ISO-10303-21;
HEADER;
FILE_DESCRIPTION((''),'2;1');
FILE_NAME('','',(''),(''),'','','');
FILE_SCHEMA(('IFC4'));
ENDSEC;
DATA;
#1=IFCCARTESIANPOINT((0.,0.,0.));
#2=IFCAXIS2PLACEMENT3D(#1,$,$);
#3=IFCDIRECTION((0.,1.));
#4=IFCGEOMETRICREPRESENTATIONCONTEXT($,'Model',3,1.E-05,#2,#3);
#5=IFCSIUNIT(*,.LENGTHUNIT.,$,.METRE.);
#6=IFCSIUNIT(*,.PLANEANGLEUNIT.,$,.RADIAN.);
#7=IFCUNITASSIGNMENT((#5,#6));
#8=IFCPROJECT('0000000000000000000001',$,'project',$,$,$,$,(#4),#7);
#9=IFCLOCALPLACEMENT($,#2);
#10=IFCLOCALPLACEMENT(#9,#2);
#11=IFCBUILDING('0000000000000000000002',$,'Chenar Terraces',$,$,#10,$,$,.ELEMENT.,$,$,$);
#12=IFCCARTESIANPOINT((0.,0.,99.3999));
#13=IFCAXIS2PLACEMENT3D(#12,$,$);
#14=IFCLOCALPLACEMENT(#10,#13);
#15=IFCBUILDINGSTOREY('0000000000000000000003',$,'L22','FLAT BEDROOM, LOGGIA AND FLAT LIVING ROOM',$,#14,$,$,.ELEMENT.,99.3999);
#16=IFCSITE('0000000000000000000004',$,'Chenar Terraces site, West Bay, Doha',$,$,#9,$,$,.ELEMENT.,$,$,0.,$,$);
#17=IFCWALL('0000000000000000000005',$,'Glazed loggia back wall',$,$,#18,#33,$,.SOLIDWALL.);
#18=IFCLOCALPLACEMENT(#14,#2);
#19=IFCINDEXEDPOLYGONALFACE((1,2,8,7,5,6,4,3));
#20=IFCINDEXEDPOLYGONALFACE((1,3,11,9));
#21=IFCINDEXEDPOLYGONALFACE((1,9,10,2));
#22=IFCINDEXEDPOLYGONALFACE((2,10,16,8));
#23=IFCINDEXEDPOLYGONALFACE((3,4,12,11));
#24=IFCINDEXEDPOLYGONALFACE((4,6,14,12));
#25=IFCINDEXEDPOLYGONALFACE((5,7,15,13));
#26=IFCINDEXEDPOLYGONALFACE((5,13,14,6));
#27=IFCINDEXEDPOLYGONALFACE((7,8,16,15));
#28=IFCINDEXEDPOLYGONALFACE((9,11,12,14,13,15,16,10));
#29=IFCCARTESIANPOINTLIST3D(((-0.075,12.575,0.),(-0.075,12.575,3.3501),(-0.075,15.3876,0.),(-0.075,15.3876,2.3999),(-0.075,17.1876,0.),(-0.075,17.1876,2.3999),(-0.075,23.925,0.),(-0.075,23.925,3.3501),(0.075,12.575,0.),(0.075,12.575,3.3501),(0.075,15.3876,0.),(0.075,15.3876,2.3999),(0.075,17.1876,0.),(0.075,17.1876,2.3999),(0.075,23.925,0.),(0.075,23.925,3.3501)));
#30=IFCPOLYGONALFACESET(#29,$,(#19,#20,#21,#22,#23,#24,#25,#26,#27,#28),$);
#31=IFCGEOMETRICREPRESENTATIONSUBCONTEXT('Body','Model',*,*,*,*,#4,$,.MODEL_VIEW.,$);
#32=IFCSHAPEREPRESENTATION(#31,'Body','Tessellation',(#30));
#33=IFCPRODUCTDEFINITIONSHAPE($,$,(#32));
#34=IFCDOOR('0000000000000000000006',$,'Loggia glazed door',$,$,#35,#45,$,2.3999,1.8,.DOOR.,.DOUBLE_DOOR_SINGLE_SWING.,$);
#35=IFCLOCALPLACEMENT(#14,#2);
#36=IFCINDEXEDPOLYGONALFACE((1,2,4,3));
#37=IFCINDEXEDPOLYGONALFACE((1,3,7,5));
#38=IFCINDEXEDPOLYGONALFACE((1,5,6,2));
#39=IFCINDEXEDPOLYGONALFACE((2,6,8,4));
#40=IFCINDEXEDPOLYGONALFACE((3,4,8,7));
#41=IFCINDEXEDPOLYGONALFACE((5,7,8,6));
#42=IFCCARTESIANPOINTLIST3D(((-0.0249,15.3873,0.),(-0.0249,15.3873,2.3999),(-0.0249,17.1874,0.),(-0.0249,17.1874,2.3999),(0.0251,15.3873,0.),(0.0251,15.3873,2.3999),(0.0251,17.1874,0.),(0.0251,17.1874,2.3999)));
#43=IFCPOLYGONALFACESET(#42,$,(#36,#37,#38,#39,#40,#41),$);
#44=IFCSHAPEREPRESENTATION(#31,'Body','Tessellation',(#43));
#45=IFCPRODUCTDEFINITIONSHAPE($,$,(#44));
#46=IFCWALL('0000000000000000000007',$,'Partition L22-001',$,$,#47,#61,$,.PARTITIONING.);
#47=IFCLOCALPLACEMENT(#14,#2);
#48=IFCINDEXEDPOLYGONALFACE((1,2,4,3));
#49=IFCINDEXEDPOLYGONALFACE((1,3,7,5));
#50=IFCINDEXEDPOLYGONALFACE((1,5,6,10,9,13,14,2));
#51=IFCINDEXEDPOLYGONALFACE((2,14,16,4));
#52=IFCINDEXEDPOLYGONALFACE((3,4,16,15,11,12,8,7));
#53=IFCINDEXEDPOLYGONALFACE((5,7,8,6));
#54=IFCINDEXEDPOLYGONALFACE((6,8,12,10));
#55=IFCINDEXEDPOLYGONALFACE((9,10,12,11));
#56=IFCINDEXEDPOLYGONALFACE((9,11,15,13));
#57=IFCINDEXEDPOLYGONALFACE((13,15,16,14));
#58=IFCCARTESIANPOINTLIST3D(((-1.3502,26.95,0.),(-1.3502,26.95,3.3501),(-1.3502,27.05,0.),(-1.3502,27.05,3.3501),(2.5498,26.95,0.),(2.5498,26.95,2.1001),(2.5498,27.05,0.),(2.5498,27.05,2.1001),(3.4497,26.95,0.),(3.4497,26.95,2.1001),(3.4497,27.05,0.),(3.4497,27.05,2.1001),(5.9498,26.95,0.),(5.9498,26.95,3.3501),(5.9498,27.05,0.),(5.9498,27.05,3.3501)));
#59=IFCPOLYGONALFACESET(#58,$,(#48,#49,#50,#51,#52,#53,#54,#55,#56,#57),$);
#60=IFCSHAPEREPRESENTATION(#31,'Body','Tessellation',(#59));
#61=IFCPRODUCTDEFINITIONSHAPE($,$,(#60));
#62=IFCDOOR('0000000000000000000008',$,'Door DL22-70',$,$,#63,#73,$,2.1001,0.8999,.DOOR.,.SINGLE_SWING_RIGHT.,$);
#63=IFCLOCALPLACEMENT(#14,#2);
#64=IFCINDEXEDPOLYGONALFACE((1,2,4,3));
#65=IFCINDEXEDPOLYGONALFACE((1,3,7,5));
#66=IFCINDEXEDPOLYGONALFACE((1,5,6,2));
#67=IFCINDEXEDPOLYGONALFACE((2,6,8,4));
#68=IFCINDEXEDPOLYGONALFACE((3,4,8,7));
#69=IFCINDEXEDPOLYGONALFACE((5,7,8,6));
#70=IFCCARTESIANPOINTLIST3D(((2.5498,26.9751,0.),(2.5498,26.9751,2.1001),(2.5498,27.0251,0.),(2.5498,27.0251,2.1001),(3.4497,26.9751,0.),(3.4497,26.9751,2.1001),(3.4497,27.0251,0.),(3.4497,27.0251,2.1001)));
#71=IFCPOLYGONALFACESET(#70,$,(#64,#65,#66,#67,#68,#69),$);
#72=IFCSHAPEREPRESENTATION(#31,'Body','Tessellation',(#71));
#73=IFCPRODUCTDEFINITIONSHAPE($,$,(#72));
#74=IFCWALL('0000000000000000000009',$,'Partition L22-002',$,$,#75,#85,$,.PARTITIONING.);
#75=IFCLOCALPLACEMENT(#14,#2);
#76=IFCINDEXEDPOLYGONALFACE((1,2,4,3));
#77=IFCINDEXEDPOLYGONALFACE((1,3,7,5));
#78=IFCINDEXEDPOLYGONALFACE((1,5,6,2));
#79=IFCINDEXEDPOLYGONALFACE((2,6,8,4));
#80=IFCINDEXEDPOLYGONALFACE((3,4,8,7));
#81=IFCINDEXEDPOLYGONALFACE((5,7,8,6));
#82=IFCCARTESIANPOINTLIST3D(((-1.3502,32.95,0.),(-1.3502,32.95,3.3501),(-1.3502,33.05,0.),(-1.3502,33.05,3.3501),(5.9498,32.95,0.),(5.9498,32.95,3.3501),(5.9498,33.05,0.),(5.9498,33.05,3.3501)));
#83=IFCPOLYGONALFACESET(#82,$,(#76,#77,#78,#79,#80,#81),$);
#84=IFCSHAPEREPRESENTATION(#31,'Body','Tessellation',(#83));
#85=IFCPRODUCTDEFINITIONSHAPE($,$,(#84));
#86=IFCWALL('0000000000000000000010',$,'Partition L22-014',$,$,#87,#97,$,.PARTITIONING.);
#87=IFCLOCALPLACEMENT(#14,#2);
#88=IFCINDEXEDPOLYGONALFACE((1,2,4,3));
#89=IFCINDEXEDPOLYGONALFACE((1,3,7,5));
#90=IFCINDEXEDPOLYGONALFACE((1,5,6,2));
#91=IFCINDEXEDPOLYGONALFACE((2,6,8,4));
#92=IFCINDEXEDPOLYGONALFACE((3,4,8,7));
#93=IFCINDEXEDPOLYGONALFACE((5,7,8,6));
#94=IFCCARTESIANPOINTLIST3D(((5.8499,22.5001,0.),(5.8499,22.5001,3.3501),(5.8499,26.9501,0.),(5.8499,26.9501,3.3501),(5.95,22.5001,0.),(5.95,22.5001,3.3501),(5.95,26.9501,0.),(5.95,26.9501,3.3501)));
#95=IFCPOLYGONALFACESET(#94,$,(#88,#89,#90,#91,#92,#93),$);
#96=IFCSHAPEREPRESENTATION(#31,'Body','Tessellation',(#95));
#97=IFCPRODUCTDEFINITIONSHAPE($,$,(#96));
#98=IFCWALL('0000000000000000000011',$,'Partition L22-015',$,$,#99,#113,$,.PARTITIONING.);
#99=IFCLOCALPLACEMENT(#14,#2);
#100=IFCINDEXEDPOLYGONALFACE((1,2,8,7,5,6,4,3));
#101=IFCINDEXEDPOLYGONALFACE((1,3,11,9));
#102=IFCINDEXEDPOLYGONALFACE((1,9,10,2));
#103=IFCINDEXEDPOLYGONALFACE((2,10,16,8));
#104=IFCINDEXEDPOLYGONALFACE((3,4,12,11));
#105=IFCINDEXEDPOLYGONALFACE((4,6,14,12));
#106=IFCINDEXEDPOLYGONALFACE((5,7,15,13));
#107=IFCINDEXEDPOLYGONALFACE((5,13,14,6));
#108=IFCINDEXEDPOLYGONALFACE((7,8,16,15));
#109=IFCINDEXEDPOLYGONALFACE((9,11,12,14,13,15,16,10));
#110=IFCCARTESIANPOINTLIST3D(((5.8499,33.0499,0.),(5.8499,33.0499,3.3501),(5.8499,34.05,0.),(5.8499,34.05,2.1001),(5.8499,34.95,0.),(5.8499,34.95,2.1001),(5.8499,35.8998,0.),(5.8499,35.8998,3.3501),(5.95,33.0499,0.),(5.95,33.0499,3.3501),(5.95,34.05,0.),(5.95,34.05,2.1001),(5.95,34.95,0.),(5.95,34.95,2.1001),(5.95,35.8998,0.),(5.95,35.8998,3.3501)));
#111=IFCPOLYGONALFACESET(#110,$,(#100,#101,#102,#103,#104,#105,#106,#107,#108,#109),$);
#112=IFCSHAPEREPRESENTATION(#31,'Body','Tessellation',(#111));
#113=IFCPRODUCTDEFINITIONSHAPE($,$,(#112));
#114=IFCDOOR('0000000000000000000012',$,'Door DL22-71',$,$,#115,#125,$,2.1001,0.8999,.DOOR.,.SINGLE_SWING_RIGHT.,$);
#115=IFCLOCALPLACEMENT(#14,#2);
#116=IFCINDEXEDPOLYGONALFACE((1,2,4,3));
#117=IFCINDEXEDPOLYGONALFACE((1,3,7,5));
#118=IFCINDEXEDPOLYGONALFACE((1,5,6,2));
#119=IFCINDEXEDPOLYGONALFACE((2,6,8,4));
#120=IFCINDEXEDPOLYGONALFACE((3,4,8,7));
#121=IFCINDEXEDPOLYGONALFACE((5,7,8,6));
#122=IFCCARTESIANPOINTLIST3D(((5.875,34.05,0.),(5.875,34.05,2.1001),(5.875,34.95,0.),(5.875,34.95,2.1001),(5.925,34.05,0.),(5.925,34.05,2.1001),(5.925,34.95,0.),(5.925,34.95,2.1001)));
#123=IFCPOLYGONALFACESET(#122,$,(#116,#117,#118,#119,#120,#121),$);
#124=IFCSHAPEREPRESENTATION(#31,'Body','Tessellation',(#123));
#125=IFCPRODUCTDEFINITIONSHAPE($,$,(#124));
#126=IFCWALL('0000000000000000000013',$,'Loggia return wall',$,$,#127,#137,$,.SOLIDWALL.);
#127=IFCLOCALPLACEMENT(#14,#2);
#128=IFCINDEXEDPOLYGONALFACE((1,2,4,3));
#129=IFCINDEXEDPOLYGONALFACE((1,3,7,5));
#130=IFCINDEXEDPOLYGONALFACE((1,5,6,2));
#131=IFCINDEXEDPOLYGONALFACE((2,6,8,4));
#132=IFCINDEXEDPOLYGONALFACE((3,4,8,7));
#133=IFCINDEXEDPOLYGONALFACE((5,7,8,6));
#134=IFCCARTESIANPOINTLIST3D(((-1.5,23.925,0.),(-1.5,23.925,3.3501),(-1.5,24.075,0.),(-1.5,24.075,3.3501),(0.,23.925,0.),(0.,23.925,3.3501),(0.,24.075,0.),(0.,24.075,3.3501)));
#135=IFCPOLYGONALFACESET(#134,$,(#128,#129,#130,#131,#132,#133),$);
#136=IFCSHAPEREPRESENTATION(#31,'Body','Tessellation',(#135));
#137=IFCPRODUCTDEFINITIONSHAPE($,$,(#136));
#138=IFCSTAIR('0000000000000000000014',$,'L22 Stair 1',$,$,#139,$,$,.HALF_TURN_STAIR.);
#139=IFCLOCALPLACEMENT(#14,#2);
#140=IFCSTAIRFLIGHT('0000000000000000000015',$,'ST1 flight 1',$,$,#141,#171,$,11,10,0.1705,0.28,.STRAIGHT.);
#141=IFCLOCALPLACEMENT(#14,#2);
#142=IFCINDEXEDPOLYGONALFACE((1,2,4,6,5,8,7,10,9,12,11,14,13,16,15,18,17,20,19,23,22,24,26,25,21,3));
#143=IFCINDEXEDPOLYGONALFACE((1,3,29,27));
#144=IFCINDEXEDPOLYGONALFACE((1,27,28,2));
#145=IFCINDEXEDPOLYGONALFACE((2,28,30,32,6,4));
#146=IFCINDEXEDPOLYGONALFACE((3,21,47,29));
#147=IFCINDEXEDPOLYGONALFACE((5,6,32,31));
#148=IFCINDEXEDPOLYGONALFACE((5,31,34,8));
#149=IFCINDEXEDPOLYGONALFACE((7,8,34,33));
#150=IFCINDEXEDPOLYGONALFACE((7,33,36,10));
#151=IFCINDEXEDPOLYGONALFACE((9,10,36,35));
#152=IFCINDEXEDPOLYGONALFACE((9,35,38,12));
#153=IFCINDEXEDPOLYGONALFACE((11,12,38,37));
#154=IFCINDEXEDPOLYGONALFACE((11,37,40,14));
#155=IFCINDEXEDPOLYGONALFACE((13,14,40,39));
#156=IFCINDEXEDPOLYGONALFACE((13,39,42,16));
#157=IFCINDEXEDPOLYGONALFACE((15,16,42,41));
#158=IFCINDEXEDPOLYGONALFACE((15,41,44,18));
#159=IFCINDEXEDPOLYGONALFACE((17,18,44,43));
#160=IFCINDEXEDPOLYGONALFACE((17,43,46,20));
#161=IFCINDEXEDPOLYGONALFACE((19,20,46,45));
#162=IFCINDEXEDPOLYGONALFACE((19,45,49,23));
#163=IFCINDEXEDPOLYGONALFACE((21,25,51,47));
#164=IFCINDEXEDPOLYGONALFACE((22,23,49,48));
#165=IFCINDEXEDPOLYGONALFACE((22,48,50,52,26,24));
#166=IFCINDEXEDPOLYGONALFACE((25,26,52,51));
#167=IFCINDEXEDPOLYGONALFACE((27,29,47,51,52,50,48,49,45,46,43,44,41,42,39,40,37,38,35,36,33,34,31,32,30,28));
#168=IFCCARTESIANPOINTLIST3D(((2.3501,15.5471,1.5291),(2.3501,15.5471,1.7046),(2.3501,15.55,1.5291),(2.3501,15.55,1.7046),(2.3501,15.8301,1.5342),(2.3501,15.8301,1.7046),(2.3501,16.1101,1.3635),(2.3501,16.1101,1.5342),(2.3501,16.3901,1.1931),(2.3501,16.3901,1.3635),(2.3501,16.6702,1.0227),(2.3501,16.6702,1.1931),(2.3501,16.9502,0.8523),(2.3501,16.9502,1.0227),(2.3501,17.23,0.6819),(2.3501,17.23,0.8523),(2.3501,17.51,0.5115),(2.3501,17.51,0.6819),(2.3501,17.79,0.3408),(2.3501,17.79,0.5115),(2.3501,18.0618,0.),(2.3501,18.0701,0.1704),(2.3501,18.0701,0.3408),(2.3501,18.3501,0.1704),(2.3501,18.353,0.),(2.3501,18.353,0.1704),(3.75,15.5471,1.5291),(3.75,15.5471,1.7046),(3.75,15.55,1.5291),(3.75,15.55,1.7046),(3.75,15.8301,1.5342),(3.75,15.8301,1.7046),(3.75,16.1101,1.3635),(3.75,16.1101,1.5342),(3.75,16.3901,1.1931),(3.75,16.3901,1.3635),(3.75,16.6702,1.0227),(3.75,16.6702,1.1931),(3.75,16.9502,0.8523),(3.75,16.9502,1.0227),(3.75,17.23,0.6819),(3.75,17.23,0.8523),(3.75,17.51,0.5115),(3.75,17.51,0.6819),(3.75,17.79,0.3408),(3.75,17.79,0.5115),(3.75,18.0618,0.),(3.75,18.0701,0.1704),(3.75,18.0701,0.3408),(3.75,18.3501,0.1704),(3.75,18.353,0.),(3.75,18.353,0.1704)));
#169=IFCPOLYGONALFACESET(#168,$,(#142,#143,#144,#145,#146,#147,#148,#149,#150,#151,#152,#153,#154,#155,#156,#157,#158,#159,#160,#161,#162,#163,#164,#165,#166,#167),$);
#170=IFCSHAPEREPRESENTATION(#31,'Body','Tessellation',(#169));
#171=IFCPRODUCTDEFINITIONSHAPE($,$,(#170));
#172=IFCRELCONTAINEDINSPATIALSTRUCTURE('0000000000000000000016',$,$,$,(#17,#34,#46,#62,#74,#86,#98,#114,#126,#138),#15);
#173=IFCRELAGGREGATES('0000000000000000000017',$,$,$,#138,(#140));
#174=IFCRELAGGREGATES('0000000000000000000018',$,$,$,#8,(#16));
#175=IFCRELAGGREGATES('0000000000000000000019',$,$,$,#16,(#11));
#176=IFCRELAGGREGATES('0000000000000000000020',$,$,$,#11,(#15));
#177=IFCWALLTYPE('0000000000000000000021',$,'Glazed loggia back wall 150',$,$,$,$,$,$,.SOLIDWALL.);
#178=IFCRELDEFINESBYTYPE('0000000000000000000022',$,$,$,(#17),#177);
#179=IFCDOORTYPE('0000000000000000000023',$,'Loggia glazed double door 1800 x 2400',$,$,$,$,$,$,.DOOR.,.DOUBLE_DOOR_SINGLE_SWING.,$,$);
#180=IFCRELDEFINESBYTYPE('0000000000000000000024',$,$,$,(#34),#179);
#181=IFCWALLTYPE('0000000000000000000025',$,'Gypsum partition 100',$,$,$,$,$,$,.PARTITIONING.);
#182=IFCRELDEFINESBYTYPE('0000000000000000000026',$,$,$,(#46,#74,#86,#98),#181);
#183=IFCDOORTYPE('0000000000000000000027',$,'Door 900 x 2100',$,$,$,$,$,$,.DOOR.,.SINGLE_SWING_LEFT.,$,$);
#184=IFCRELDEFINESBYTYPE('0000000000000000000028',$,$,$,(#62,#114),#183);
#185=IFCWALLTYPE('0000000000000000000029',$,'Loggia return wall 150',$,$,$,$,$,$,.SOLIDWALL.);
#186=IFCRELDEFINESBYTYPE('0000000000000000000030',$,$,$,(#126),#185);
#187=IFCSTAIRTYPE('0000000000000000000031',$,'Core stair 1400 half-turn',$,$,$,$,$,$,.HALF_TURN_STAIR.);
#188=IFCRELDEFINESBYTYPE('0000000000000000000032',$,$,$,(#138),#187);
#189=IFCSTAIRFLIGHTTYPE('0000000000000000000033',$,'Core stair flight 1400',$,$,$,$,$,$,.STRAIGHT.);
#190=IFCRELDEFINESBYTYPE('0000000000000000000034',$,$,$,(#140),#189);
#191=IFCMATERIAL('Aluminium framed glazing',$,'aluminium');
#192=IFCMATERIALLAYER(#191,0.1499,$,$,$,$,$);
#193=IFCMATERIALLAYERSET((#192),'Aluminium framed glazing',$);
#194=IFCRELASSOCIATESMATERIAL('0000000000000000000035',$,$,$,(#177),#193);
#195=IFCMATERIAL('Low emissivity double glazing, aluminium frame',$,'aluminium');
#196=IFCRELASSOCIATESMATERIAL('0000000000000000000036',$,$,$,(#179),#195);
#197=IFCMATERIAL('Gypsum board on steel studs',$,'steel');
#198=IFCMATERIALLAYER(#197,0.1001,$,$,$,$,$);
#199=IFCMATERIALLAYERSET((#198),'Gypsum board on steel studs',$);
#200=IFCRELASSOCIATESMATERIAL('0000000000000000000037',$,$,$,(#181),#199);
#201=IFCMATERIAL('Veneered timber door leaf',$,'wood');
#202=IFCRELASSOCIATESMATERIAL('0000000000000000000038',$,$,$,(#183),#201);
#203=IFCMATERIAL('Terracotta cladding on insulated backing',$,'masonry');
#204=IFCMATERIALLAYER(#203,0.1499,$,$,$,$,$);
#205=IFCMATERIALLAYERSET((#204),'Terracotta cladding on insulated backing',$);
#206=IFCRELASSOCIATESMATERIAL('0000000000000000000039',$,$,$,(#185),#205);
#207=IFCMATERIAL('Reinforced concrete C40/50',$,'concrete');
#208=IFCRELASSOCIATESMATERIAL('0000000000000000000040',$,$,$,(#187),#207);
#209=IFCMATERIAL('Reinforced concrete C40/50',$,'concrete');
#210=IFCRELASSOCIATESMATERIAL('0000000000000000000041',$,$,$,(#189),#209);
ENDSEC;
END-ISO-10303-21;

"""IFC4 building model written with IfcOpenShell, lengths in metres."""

from ifc_helpers import new_model, si_unit, direction, frame, frame_2d, origin, place, context, subcontext, project, spatial, polyline, rectangle, outline, extrude, material, layer, layer_set, type_object, element, fill, aggregate, save


model = new_model("IFC4")

# Units and contexts
model_context = context("Model", 3, precision=1e-05, world=origin(), true_north=direction((0.0, 1.0)))
body_context = subcontext(model_context, "Body", "Model", "MODEL_VIEW")
ifc_project = project(units=[si_unit("LENGTHUNIT", "METRE"), si_unit("PLANEANGLEUNIT", "RADIAN")], contexts=[model_context])

# Site, building, storey
site_placement = place(None, origin())
site = spatial("IfcSite", under=ifc_project, at=site_placement, Name="Chenar Terraces site, West Bay, Doha", CompositionType="ELEMENT", RefElevation=0.0)
building_placement = place(site_placement, origin())
building = spatial("IfcBuilding", under=site, at=building_placement, Name="Chenar Terraces", CompositionType="ELEMENT")
storey_placement = place(building_placement, frame((0.0, 0.0, 99.3999)))
storey = spatial("IfcBuildingStorey", under=building, at=storey_placement, Name="L22", Description="FLAT BEDROOM, LOGGIA AND FLAT LIVING ROOM", CompositionType="ELEMENT", Elevation=99.3999)

# Walls, openings, doors
ifc_material_1 = material(Name="Aluminium framed glazing", Category="aluminium")
ifc_layer_1 = layer(ifc_material_1, 0.1499)
ifc_layer_set_1 = layer_set([ifc_layer_1], Name="Aluminium framed glazing")
wall_type_1 = type_object("IfcWallType", Name="Glazed loggia back wall 150", PredefinedType="SOLIDWALL", material=ifc_layer_set_1)
wall_1_placement = place(storey_placement, frame((0.0, 23.925, 0.0), z_axis=(0.0, 0.0, 1.0), x_axis=(0.0, -1.0, 0.0)))
wall_1 = element("IfcWall", 1, at=wall_1_placement, inside=storey, type_object=wall_type_1, Name="Glazed loggia back wall", PredefinedType="SOLIDWALL", context=body_context, shape_type="SweptSolid", body=[
    extrude(rectangle(XDim=11.3501, YDim=0.1499, at=frame_2d((5.675, 0.0))), origin(), (0.0, 0.0, 1.0), 3.3501),
])
opening_1_placement = place(wall_1_placement, frame((6.7375, 0.0, 0.0)))
opening_1 = element("IfcOpeningElement", 2, at=opening_1_placement, cuts=wall_1, PredefinedType="OPENING", context=body_context, shape_type="SweptSolid", body=[
    extrude(rectangle(XDim=1.8, YDim=2.3999, at=frame_2d((0.8999, 1.2))), frame((0.0, 0.085, 0.0), z_axis=(0.0, -1.0, 0.0), x_axis=(1.0, 0.0, 0.0)), (0.0, 0.0, 1.0), 0.1699),
])
ifc_material_2 = material(Name="Low emissivity double glazing, aluminium frame", Category="aluminium")
door_type_1 = type_object("IfcDoorType", Name="Loggia glazed double door 1800 x 2400", OperationType="DOUBLE_DOOR_SINGLE_SWING", PredefinedType="DOOR", material=ifc_material_2)
door_1_placement = place(opening_1_placement, frame((1.8, 0.0, 0.0), z_axis=(0.0, 0.0, 1.0), x_axis=(-1.0, 0.0, 0.0)))
door_1 = element("IfcDoor", 3, at=door_1_placement, inside=storey, type_object=door_type_1, Name="Loggia glazed door", OperationType="DOUBLE_DOOR_SINGLE_SWING", OverallHeight=2.3999, OverallWidth=1.8, PredefinedType="DOOR", context=body_context, shape_type="SweptSolid", body=[
    extrude(rectangle(XDim=1.8, YDim=2.3999, at=frame_2d((0.8999, 1.2))), frame((0.0, 0.0249, 0.0), z_axis=(0.0, -1.0, 0.0), x_axis=(1.0, 0.0, 0.0)), (0.0, 0.0, 1.0), 0.05),
])
fill(opening_1, door_1)
ifc_material_3 = material(Name="Gypsum board on steel studs", Category="steel")
ifc_layer_2 = layer(ifc_material_3, 0.1001)
ifc_layer_set_2 = layer_set([ifc_layer_2], Name="Gypsum board on steel studs")
wall_type_2 = type_object("IfcWallType", Name="Gypsum partition 100", PredefinedType="PARTITIONING", material=ifc_layer_set_2)
wall_2_placement = place(storey_placement, frame((-1.3501, 27.0, 0.0), z_axis=(0.0, 0.0, 1.0), x_axis=(1.0, 0.0, 0.0)))
wall_2 = element("IfcWall", 4, at=wall_2_placement, inside=storey, type_object=wall_type_2, Name="Partition L22-001", PredefinedType="PARTITIONING", context=body_context, shape_type="SweptSolid", body=[
    extrude(rectangle(XDim=7.3, YDim=0.1001, at=frame_2d((3.6499, 0.0))), origin(), (0.0, 0.0, 1.0), 3.3501),
])
opening_2_placement = place(wall_2_placement, frame((3.8999, 0.0, 0.0)))
opening_2 = element("IfcOpeningElement", 5, at=opening_2_placement, cuts=wall_2, PredefinedType="OPENING", context=body_context, shape_type="SweptSolid", body=[
    extrude(rectangle(XDim=0.8999, YDim=2.1001, at=frame_2d((0.45, 1.05))), frame((0.0, 0.0601, 0.0), z_axis=(0.0, -1.0, 0.0), x_axis=(1.0, 0.0, 0.0)), (0.0, 0.0, 1.0), 0.1201),
])
ifc_material_4 = material(Name="Veneered timber door leaf", Category="wood")
door_type_2 = type_object("IfcDoorType", Name="Door 900 x 2100", OperationType="SINGLE_SWING_LEFT", PredefinedType="DOOR", material=ifc_material_4)
door_2_placement = place(opening_2_placement, frame((0.8999, 0.0, 0.0), z_axis=(0.0, 0.0, 1.0), x_axis=(-1.0, 0.0, 0.0)))
door_2 = element("IfcDoor", 6, at=door_2_placement, inside=storey, type_object=door_type_2, Name="Door DL22-70", OperationType="SINGLE_SWING_RIGHT", OverallHeight=2.1001, OverallWidth=0.8999, PredefinedType="DOOR", context=body_context, shape_type="SweptSolid", body=[
    extrude(rectangle(XDim=0.8999, YDim=2.1001, at=frame_2d((0.45, 1.05))), frame((0.0, 0.0249, 0.0), z_axis=(0.0, -1.0, 0.0), x_axis=(1.0, 0.0, 0.0)), (0.0, 0.0, 1.0), 0.05),
])
fill(opening_2, door_2)

# Walls
wall_3_placement = place(storey_placement, frame((-1.3501, 33.0, 0.0), z_axis=(0.0, 0.0, 1.0), x_axis=(1.0, 0.0, 0.0)))
element("IfcWall", 7, at=wall_3_placement, inside=storey, type_object=wall_type_2, Name="Partition L22-002", PredefinedType="PARTITIONING", context=body_context, shape_type="SweptSolid", body=[
    extrude(rectangle(XDim=7.3, YDim=0.1001, at=frame_2d((3.6499, 0.0))), origin(), (0.0, 0.0, 1.0), 3.3501),
])
wall_4_placement = place(storey_placement, frame((5.8999, 22.5, 0.0), z_axis=(0.0, 0.0, 1.0), x_axis=(0.0, 1.0, 0.0)))
element("IfcWall", 8, at=wall_4_placement, inside=storey, type_object=wall_type_2, Name="Partition L22-014", PredefinedType="PARTITIONING", context=body_context, shape_type="SweptSolid", body=[
    extrude(rectangle(XDim=4.45, YDim=0.1001, at=frame_2d((2.2251, 0.0))), origin(), (0.0, 0.0, 1.0), 3.3501),
])

# Wall, opening, door
wall_5_placement = place(storey_placement, frame((5.8999, 33.05, 0.0), z_axis=(0.0, 0.0, 1.0), x_axis=(0.0, 1.0, 0.0)))
wall_5 = element("IfcWall", 9, at=wall_5_placement, inside=storey, type_object=wall_type_2, Name="Partition L22-015", PredefinedType="PARTITIONING", context=body_context, shape_type="SweptSolid", body=[
    extrude(rectangle(XDim=2.8499, YDim=0.1001, at=frame_2d((1.4248, 0.0))), origin(), (0.0, 0.0, 1.0), 3.3501),
])
opening_3_placement = place(wall_5_placement, frame((1.0, 0.0, 0.0)))
opening_3 = element("IfcOpeningElement", 10, at=opening_3_placement, cuts=wall_5, PredefinedType="OPENING", context=body_context, shape_type="SweptSolid", body=[
    extrude(rectangle(XDim=0.8999, YDim=2.1001, at=frame_2d((0.45, 1.05))), frame((0.0, 0.0601, 0.0), z_axis=(0.0, -1.0, 0.0), x_axis=(1.0, 0.0, 0.0)), (0.0, 0.0, 1.0), 0.1201),
])
door_3_placement = place(opening_3_placement, origin())
door_3 = element("IfcDoor", 11, at=door_3_placement, inside=storey, type_object=door_type_2, Name="Door DL22-71", OperationType="SINGLE_SWING_RIGHT", OverallHeight=2.1001, OverallWidth=0.8999, PredefinedType="DOOR", context=body_context, shape_type="SweptSolid", body=[
    extrude(rectangle(XDim=0.8999, YDim=2.1001, at=frame_2d((0.45, 1.05))), frame((0.0, 0.0249, 0.0), z_axis=(0.0, -1.0, 0.0), x_axis=(1.0, 0.0, 0.0)), (0.0, 0.0, 1.0), 0.05),
])
fill(opening_3, door_3)

# Wall
ifc_material_5 = material(Name="Terracotta cladding on insulated backing", Category="masonry")
ifc_layer_3 = layer(ifc_material_5, 0.1499)
ifc_layer_set_3 = layer_set([ifc_layer_3], Name="Terracotta cladding on insulated backing")
wall_type_3 = type_object("IfcWallType", Name="Loggia return wall 150", PredefinedType="SOLIDWALL", material=ifc_layer_set_3)
wall_6_placement = place(storey_placement, frame((-1.5, 24.0, 0.0), z_axis=(0.0, 0.0, 1.0), x_axis=(1.0, 0.0, 0.0)))
element("IfcWall", 12, at=wall_6_placement, inside=storey, type_object=wall_type_3, Name="Loggia return wall", PredefinedType="SOLIDWALL", context=body_context, shape_type="SweptSolid", body=[
    extrude(rectangle(XDim=1.5, YDim=0.1499, at=frame_2d((0.75, 0.0))), origin(), (0.0, 0.0, 1.0), 3.3501),
])

# Stair, stair flight
ifc_material_6 = material(Name="Reinforced concrete C40/50", Category="concrete")
stair_type = type_object("IfcStairType", Name="Core stair 1400 half-turn", PredefinedType="HALF_TURN_STAIR", material=ifc_material_6)
stair_placement = place(storey_placement, origin())
stair = element("IfcStair", 13, at=stair_placement, inside=storey, type_object=stair_type, Name="L22 Stair 1", PredefinedType="HALF_TURN_STAIR")
ifc_material_7 = material(Name="Reinforced concrete C40/50", Category="concrete")
stair_flight_type = type_object("IfcStairFlightType", Name="Core stair flight 1400", PredefinedType="STRAIGHT", material=ifc_material_7)
stair_flight_1_placement = place(storey_placement, frame((3.05, 18.3501, 0.0), z_axis=(0.0, 0.0, 1.0), x_axis=(0.0, -1.0, 0.0)))
stair_flight_1 = element("IfcStairFlight", 14, at=stair_flight_1_placement, type_object=stair_flight_type, Name="ST1 flight 1", NumberOfRisers=11, NumberOfTreads=10, PredefinedType="STRAIGHT", RiserHeight=0.1705, TreadLength=0.28, context=body_context, shape_type="SweptSolid", body=[
    extrude(outline(polyline([(-0.0029, 0.0), (-0.0029, 0.1704), (0.0, 0.1704), (0.28, 0.1704), (0.28, 0.3408), (0.5601, 0.3408), (0.5601, 0.5115), (0.8401, 0.5115), (0.8401, 0.6819), (1.1201, 0.6819), (1.1201, 0.8523), (1.3999, 0.8523), (1.3999, 1.0227), (1.6799, 1.0227), (1.6799, 1.1931), (1.96, 1.1931), (1.96, 1.3635), (2.24, 1.3635), (2.24, 1.5342), (2.52, 1.5342), (2.52, 1.7046), (2.8, 1.7046), (2.803, 1.7046), (2.803, 1.5291), (2.8, 1.5291), (0.2883, 0.0), (-0.0029, 0.0)])), frame((0.0, 0.7, 0.0), z_axis=(0.0, -1.0, 0.0), x_axis=(1.0, 0.0, 0.0)), (0.0, 0.0, 1.0), 1.3999),
])
aggregate(stair, [stair_flight_1])

save(model, "model.ifc")
